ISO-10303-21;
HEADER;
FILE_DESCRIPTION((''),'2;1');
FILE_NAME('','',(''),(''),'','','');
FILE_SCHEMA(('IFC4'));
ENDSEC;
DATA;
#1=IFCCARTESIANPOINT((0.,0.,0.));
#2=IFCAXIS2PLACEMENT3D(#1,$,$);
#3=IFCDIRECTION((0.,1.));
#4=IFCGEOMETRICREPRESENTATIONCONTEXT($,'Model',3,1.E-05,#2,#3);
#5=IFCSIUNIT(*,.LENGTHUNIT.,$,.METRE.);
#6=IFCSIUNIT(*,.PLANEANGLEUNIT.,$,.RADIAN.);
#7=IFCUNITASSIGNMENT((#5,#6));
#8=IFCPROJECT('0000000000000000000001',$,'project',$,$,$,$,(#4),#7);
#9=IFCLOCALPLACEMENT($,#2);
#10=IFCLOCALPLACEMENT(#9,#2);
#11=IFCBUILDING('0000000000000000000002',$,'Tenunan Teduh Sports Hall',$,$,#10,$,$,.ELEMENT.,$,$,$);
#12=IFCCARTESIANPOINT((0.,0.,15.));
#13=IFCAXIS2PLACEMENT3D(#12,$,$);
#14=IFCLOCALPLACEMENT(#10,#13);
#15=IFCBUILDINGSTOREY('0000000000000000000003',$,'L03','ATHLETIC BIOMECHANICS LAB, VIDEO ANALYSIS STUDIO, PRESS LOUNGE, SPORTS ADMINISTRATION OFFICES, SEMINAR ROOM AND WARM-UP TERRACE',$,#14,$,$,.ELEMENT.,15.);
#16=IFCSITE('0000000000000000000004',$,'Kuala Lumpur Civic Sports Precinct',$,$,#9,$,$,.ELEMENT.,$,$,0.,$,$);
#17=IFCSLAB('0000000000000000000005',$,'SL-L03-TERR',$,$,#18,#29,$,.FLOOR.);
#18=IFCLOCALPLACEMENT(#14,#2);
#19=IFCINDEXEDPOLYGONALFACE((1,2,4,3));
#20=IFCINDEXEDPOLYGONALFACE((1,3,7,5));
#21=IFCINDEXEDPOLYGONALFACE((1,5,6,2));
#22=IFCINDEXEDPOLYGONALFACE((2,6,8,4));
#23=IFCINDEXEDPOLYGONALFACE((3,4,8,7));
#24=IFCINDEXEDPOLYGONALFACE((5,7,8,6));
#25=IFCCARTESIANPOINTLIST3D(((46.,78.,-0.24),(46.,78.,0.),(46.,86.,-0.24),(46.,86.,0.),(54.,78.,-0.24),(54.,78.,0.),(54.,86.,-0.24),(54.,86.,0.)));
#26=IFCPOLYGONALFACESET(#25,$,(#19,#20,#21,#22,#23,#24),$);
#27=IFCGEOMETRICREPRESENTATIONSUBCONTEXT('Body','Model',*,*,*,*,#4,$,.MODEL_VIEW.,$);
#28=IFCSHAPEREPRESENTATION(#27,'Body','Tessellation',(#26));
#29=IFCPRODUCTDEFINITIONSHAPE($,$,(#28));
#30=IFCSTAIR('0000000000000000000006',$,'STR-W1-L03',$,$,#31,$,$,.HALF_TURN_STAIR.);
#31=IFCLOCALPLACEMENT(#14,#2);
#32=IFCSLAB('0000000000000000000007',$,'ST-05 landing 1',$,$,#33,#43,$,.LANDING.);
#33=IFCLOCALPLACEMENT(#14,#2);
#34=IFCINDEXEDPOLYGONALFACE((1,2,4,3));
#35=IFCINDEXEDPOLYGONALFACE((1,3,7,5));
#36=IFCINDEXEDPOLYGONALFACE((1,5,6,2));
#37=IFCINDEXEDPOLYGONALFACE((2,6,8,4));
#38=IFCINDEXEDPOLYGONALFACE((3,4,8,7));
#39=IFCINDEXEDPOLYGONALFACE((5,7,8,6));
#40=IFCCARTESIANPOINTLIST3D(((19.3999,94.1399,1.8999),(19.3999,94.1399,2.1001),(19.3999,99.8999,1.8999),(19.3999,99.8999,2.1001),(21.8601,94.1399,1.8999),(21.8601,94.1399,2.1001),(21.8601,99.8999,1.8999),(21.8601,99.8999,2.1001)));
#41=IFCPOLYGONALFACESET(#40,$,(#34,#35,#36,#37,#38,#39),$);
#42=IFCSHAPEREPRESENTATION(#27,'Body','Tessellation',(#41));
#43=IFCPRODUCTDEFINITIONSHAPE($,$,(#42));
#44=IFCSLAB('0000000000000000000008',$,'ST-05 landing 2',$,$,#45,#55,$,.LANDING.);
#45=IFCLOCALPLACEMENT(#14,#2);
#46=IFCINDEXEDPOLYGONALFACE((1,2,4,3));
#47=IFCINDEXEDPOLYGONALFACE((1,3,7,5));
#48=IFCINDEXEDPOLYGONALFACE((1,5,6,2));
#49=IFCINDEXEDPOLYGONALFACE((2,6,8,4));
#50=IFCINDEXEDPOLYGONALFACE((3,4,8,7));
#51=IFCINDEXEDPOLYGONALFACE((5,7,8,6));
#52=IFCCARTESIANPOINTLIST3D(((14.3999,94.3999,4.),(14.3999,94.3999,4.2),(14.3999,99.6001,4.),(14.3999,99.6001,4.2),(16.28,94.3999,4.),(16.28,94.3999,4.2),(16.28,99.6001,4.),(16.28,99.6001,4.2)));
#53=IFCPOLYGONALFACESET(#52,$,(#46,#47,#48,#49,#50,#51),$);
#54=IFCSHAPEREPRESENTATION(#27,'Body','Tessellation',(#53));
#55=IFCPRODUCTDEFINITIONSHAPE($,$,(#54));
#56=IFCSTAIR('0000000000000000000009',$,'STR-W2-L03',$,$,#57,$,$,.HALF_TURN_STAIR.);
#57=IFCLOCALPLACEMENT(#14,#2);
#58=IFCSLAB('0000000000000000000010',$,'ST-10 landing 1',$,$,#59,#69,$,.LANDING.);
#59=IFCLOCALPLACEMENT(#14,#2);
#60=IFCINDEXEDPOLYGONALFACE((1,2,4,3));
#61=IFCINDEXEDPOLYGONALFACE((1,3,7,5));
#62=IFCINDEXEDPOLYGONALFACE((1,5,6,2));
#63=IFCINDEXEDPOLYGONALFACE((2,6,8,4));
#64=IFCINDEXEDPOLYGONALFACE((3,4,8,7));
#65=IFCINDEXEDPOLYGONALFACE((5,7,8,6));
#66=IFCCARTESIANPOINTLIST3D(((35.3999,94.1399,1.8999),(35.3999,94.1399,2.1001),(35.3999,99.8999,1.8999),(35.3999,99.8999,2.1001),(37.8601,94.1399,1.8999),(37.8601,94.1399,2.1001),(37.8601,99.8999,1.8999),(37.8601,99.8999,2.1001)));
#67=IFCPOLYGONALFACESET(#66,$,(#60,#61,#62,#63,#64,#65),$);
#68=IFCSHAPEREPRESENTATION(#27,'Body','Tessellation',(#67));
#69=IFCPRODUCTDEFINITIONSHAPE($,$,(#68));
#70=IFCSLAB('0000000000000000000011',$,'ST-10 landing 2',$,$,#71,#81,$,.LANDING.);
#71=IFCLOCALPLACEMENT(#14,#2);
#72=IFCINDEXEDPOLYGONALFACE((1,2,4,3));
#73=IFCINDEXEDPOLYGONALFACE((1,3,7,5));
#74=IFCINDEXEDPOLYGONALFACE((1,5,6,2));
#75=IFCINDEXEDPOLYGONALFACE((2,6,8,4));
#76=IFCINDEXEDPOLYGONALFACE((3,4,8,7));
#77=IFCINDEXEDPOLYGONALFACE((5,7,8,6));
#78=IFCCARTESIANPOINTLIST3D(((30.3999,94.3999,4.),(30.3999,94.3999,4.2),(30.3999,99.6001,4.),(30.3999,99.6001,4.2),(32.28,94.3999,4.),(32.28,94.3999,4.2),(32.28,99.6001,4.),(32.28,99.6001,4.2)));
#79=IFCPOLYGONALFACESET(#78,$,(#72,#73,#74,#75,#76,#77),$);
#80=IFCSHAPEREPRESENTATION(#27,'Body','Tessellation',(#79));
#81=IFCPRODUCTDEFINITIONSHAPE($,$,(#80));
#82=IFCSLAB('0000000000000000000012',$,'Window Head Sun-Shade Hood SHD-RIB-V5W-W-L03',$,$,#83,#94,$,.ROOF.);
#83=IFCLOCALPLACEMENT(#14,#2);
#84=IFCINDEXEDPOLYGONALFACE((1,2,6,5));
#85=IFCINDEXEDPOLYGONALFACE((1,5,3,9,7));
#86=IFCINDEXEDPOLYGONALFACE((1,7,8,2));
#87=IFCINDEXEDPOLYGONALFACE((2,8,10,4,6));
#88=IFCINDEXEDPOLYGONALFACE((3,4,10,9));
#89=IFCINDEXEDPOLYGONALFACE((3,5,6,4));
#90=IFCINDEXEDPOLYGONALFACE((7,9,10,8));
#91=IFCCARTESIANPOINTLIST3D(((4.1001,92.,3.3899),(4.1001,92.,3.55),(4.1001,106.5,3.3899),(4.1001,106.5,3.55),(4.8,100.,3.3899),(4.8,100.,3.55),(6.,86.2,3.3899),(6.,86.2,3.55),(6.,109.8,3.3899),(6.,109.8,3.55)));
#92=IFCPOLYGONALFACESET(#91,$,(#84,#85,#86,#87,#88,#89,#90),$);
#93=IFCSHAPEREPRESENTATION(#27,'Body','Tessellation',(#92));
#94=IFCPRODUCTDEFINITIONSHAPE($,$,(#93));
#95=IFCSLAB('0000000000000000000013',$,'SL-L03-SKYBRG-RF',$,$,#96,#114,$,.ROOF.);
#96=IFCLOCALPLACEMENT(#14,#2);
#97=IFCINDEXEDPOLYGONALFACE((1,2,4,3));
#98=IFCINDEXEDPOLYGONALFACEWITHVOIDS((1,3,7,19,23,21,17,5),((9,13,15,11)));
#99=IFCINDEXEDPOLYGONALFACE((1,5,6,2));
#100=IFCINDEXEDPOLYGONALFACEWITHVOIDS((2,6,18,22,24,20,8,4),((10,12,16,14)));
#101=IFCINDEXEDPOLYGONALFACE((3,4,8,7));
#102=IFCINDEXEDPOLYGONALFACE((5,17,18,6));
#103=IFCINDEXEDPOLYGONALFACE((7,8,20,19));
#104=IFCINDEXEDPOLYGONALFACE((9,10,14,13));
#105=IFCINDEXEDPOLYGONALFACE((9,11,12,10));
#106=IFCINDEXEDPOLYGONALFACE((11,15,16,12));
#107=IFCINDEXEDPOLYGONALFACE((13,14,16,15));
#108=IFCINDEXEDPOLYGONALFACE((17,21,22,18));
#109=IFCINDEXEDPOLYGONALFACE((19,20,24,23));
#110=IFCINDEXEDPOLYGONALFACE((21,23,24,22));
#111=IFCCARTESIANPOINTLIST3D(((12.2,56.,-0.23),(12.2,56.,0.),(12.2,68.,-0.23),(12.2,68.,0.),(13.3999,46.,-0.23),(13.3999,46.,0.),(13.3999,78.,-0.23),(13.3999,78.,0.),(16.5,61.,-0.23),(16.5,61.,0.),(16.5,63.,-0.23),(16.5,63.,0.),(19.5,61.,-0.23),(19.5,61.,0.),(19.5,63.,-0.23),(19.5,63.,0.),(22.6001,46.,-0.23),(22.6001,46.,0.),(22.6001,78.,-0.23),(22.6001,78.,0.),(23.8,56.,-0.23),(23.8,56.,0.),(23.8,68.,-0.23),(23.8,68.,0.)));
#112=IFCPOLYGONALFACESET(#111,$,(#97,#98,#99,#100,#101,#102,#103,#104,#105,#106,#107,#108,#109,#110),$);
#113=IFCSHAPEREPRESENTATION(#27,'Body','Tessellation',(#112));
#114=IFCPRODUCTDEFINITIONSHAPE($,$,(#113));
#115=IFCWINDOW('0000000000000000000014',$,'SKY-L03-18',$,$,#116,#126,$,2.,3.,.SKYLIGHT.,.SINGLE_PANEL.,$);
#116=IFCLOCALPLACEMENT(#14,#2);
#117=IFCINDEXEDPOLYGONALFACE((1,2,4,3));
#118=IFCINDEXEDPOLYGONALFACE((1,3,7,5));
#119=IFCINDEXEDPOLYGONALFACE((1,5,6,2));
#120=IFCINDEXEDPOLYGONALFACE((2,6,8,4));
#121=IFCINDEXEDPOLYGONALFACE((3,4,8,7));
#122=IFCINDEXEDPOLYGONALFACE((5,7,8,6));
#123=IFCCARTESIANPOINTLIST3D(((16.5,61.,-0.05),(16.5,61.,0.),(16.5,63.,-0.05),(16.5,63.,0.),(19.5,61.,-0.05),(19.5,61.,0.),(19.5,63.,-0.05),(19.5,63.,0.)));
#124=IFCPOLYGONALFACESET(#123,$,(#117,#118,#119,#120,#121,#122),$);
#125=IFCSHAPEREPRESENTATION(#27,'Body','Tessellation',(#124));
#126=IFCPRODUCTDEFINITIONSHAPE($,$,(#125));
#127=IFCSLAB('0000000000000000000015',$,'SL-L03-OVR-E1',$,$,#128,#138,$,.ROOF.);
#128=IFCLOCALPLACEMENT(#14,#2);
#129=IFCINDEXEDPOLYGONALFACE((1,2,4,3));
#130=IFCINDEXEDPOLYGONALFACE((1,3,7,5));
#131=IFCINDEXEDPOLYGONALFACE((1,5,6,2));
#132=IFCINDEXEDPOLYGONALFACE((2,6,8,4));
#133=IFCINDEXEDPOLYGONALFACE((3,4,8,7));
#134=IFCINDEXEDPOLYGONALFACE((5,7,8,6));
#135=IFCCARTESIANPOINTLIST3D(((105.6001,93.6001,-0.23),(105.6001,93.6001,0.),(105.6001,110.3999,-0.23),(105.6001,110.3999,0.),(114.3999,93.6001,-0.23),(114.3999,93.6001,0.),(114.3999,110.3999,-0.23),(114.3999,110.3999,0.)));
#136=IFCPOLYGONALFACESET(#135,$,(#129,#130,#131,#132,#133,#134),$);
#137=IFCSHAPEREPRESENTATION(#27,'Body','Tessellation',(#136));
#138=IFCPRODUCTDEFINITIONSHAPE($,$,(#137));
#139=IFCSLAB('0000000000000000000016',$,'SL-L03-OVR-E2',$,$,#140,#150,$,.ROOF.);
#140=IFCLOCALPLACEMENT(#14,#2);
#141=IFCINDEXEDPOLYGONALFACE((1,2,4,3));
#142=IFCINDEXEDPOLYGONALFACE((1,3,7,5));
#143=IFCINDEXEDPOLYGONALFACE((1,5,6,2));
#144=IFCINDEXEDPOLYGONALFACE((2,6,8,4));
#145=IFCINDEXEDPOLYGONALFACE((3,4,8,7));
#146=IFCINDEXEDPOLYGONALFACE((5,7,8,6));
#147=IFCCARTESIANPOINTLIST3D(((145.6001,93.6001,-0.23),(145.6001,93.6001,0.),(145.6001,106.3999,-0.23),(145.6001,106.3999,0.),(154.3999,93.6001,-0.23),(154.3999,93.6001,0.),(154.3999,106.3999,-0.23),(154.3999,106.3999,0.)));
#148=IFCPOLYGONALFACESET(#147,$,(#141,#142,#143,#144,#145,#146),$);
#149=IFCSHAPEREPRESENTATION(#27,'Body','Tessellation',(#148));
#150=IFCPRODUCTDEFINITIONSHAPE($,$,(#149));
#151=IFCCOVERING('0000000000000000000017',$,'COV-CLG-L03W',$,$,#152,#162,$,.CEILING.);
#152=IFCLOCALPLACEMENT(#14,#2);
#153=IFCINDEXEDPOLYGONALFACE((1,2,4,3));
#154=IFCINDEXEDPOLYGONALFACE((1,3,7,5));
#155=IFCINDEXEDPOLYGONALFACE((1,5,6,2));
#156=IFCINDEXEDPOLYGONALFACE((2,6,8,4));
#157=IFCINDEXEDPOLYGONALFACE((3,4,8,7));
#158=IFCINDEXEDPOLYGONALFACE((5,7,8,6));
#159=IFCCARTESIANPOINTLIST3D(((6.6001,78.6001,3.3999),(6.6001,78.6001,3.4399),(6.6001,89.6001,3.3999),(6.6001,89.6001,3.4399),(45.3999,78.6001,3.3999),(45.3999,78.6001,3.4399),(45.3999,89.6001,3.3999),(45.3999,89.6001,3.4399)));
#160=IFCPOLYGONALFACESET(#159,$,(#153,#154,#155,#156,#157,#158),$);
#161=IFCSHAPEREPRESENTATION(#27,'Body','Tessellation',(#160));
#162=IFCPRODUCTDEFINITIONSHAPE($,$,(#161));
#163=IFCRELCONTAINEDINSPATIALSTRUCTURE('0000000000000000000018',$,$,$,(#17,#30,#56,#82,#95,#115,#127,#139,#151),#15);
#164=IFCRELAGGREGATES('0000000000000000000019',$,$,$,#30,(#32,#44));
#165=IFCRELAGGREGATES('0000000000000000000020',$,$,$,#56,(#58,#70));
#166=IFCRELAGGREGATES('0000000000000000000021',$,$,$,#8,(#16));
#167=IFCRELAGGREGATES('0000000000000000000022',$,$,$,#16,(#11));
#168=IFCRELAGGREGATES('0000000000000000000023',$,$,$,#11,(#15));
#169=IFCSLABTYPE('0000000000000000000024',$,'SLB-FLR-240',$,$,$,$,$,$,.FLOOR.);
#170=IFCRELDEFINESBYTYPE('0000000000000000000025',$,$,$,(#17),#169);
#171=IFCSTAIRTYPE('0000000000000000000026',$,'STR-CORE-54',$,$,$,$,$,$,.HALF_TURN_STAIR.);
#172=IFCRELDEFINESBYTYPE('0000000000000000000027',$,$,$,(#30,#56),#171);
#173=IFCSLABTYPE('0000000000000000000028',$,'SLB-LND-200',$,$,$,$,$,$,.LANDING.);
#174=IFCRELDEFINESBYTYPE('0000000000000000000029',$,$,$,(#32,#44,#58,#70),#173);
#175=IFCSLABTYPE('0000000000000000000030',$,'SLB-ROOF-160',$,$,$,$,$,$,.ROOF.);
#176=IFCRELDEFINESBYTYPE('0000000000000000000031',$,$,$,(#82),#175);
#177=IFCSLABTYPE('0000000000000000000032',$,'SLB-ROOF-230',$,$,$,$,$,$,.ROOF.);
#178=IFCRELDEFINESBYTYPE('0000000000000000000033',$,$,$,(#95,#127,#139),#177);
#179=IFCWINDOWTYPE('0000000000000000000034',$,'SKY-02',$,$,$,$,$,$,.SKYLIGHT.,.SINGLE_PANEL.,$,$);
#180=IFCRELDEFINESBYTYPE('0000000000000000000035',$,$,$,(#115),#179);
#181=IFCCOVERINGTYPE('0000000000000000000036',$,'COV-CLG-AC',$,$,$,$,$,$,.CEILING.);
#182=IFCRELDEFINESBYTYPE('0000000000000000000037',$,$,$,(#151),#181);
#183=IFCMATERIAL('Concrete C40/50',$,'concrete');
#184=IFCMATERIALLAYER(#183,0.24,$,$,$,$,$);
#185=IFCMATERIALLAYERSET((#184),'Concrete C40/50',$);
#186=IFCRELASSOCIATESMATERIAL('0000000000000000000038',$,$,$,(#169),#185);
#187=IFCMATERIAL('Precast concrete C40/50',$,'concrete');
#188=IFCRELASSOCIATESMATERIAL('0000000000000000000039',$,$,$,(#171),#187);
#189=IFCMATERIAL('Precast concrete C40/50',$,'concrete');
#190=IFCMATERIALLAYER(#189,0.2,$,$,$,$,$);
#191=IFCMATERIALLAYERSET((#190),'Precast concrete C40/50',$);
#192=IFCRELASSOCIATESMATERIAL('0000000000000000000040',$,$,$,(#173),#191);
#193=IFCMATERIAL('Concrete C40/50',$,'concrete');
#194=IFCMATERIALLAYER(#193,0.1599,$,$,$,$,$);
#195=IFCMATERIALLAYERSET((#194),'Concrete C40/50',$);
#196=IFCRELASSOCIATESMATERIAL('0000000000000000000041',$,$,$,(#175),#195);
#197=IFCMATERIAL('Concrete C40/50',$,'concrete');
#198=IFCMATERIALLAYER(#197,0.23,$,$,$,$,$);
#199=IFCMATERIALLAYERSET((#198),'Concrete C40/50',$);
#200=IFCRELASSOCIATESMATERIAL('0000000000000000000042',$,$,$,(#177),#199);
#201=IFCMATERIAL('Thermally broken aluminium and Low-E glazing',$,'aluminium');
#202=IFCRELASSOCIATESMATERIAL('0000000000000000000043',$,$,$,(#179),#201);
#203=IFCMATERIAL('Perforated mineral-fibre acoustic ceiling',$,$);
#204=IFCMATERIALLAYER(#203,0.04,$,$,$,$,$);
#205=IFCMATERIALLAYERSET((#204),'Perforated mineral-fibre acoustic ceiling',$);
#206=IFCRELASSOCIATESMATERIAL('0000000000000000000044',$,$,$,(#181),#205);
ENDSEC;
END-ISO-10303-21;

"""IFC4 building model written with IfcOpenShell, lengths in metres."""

from ifc_helpers import new_model, si_unit, direction, frame, origin, origin_2d, place, context, subcontext, project, spatial, polyline, rectangle, outline, extrude, material, layer, layer_set, type_object, element, fill, aggregate, save


model = new_model("IFC4")

# Units and contexts
model_context = context("Model", 3, precision=1e-05, world=origin(), true_north=direction((0.0, 1.0)))
body_context = subcontext(model_context, "Body", "Model", "MODEL_VIEW")
ifc_project = project(units=[si_unit("LENGTHUNIT", "METRE"), si_unit("PLANEANGLEUNIT", "RADIAN")], contexts=[model_context])

# Site, building, storey
site_placement = place(None, origin())
site = spatial("IfcSite", under=ifc_project, at=site_placement, Name="Kuala Lumpur Civic Sports Precinct", CompositionType="ELEMENT", RefElevation=0.0)
building_placement = place(site_placement, origin())
building = spatial("IfcBuilding", under=site, at=building_placement, Name="Tenunan Teduh Sports Hall", CompositionType="ELEMENT")
storey_placement = place(building_placement, frame((0.0, 0.0, 15.0)))
storey = spatial("IfcBuildingStorey", under=building, at=storey_placement, Name="L03", Description="ATHLETIC BIOMECHANICS LAB, VIDEO ANALYSIS STUDIO, PRESS LOUNGE, SPORTS ADMINISTRATION OFFICES, SEMINAR ROOM AND WARM-UP TERRACE", CompositionType="ELEMENT", Elevation=15.0)

# Slab
ifc_material_1 = material(Name="Concrete C40/50", Category="concrete")
ifc_layer_1 = layer(ifc_material_1, 0.24)
ifc_layer_set_1 = layer_set([ifc_layer_1], Name="Concrete C40/50")
slab_type_1 = type_object("IfcSlabType", Name="SLB-FLR-240", PredefinedType="FLOOR", material=ifc_layer_set_1)
slab_1_placement = place(storey_placement, frame((0.0, 0.0, -0.24)))
element("IfcSlab", 1, at=slab_1_placement, inside=storey, type_object=slab_type_1, Name="SL-L03-TERR", PredefinedType="FLOOR", context=body_context, shape_type="SweptSolid", body=[
    extrude(outline(polyline([(46.0, 78.0), (54.0, 78.0), (54.0, 86.0), (46.0, 86.0), (46.0, 78.0)])), origin(), (0.0, 0.0, 1.0), 0.24),
])

# Stairs, slabs
ifc_material_2 = material(Name="Precast concrete C40/50", Category="concrete")
stair_type = type_object("IfcStairType", Name="STR-CORE-54", PredefinedType="HALF_TURN_STAIR", material=ifc_material_2)
stair_1_placement = place(storey_placement, origin())
stair_1 = element("IfcStair", 2, at=stair_1_placement, inside=storey, type_object=stair_type, Name="STR-W1-L03", PredefinedType="HALF_TURN_STAIR")
ifc_material_3 = material(Name="Precast concrete C40/50", Category="concrete")
ifc_layer_2 = layer(ifc_material_3, 0.2)
ifc_layer_set_2 = layer_set([ifc_layer_2], Name="Precast concrete C40/50")
slab_type_2 = type_object("IfcSlabType", Name="SLB-LND-200", PredefinedType="LANDING", material=ifc_layer_set_2)
slab_2_placement = place(storey_placement, frame((0.0, 0.0, 1.8999)))
slab_2 = element("IfcSlab", 3, at=slab_2_placement, type_object=slab_type_2, Name="ST-05 landing 1", PredefinedType="LANDING", context=body_context, shape_type="SweptSolid", body=[
    extrude(outline(polyline([(19.3999, 94.1399), (21.8601, 94.1399), (21.8601, 99.8999), (19.3999, 99.8999), (19.3999, 94.1399)])), origin(), (0.0, 0.0, 1.0), 0.2002),
])
slab_3_placement = place(storey_placement, frame((0.0, 0.0, 4.0)))
slab_3 = element("IfcSlab", 4, at=slab_3_placement, type_object=slab_type_2, Name="ST-05 landing 2", PredefinedType="LANDING", context=body_context, shape_type="SweptSolid", body=[
    extrude(outline(polyline([(14.3999, 94.3999), (16.28, 94.3999), (16.28, 99.6001), (14.3999, 99.6001), (14.3999, 94.3999)])), origin(), (0.0, 0.0, 1.0), 0.2),
])
aggregate(stair_1, [slab_2, slab_3])
stair_2_placement = place(storey_placement, origin())
stair_2 = element("IfcStair", 5, at=stair_2_placement, inside=storey, type_object=stair_type, Name="STR-W2-L03", PredefinedType="HALF_TURN_STAIR")
slab_4_placement = place(storey_placement, frame((0.0, 0.0, 1.8999)))
slab_4 = element("IfcSlab", 6, at=slab_4_placement, type_object=slab_type_2, Name="ST-10 landing 1", PredefinedType="LANDING", context=body_context, shape_type="SweptSolid", body=[
    extrude(outline(polyline([(35.3999, 94.1399), (37.8601, 94.1399), (37.8601, 99.8999), (35.3999, 99.8999), (35.3999, 94.1399)])), origin(), (0.0, 0.0, 1.0), 0.2002),
])
slab_5_placement = place(storey_placement, frame((0.0, 0.0, 4.0)))
slab_5 = element("IfcSlab", 7, at=slab_5_placement, type_object=slab_type_2, Name="ST-10 landing 2", PredefinedType="LANDING", context=body_context, shape_type="SweptSolid", body=[
    extrude(outline(polyline([(30.3999, 94.3999), (32.28, 94.3999), (32.28, 99.6001), (30.3999, 99.6001), (30.3999, 94.3999)])), origin(), (0.0, 0.0, 1.0), 0.2),
])
aggregate(stair_2, [slab_4, slab_5])

# Slab
ifc_material_4 = material(Name="Concrete C40/50", Category="concrete")
ifc_layer_3 = layer(ifc_material_4, 0.1599)
ifc_layer_set_3 = layer_set([ifc_layer_3], Name="Concrete C40/50")
slab_type_3 = type_object("IfcSlabType", Name="SLB-ROOF-160", PredefinedType="ROOF", material=ifc_layer_set_3)
slab_6_placement = place(storey_placement, frame((0.0, 0.0, 3.3899)))
element("IfcSlab", 8, at=slab_6_placement, inside=storey, type_object=slab_type_3, Name="Window Head Sun-Shade Hood SHD-RIB-V5W-W-L03", PredefinedType="ROOF", context=body_context, shape_type="SweptSolid", body=[
    extrude(outline(polyline([(6.0, 86.2), (4.1001, 92.0), (4.8, 100.0), (4.1001, 106.5), (6.0, 109.8), (6.0, 86.2)])), origin(), (0.0, 0.0, 1.0), 0.1602),
])

# Slab, opening, window
ifc_material_5 = material(Name="Concrete C40/50", Category="concrete")
ifc_layer_4 = layer(ifc_material_5, 0.23)
ifc_layer_set_4 = layer_set([ifc_layer_4], Name="Concrete C40/50")
slab_type_4 = type_object("IfcSlabType", Name="SLB-ROOF-230", PredefinedType="ROOF", material=ifc_layer_set_4)
slab_7_placement = place(storey_placement, frame((0.0, 0.0, -0.23)))
slab_7 = element("IfcSlab", 9, at=slab_7_placement, inside=storey, type_object=slab_type_4, Name="SL-L03-SKYBRG-RF", PredefinedType="ROOF", context=body_context, shape_type="SweptSolid", body=[
    extrude(outline(polyline([(13.3999, 46.0), (22.6001, 46.0), (23.8, 56.0), (23.8, 68.0), (22.6001, 78.0), (13.3999, 78.0), (12.2, 68.0), (12.2, 56.0), (13.3999, 46.0)])), origin(), (0.0, 0.0, 1.0), 0.23),
])
opening_placement = place(slab_7_placement, frame((18.0, 62.0, 0.0)))
opening = element("IfcOpeningElement", 10, at=opening_placement, cuts=slab_7, PredefinedType="OPENING", context=body_context, shape_type="SweptSolid", body=[
    extrude(rectangle(XDim=3.0, YDim=2.0, at=origin_2d()), origin(), (0.0, 0.0, 1.0), 0.23),
])
ifc_material_6 = material(Name="Thermally broken aluminium and Low-E glazing", Category="aluminium")
window_type = type_object("IfcWindowType", Name="SKY-02", PartitioningType="SINGLE_PANEL", PredefinedType="SKYLIGHT", material=ifc_material_6)
window_placement = place(opening_placement, frame((0.0, 0.0, 0.1799)))
window = element("IfcWindow", 11, at=window_placement, inside=storey, type_object=window_type, Name="SKY-L03-18", OverallHeight=2.0, OverallWidth=3.0, PartitioningType="SINGLE_PANEL", PredefinedType="SKYLIGHT", context=body_context, shape_type="SweptSolid", body=[
    extrude(rectangle(XDim=3.0, YDim=2.0, at=origin_2d()), origin(), (0.0, 0.0, 1.0), 0.05),
])
fill(opening, window)

# Slabs
slab_8_placement = place(storey_placement, frame((0.0, 0.0, -0.23)))
element("IfcSlab", 12, at=slab_8_placement, inside=storey, type_object=slab_type_4, Name="SL-L03-OVR-E1", PredefinedType="ROOF", context=body_context, shape_type="SweptSolid", body=[
    extrude(outline(polyline([(105.6001, 93.6001), (114.3999, 93.6001), (114.3999, 110.3999), (105.6001, 110.3999), (105.6001, 93.6001)])), origin(), (0.0, 0.0, 1.0), 0.23),
])
slab_9_placement = place(storey_placement, frame((0.0, 0.0, -0.23)))
element("IfcSlab", 13, at=slab_9_placement, inside=storey, type_object=slab_type_4, Name="SL-L03-OVR-E2", PredefinedType="ROOF", context=body_context, shape_type="SweptSolid", body=[
    extrude(outline(polyline([(145.6001, 93.6001), (154.3999, 93.6001), (154.3999, 106.3999), (145.6001, 106.3999), (145.6001, 93.6001)])), origin(), (0.0, 0.0, 1.0), 0.23),
])

# Covering
ifc_material_7 = material(Name="Perforated mineral-fibre acoustic ceiling")
ifc_layer_5 = layer(ifc_material_7, 0.04)
ifc_layer_set_5 = layer_set([ifc_layer_5], Name="Perforated mineral-fibre acoustic ceiling")
covering_type = type_object("IfcCoveringType", Name="COV-CLG-AC", PredefinedType="CEILING", material=ifc_layer_set_5)
covering_placement = place(storey_placement, frame((0.0, 0.0, 3.3999)))
element("IfcCovering", 14, at=covering_placement, inside=storey, type_object=covering_type, Name="COV-CLG-L03W", PredefinedType="CEILING", context=body_context, shape_type="SweptSolid", body=[
    extrude(outline(polyline([(6.6001, 78.6001), (45.3999, 78.6001), (45.3999, 89.6001), (6.6001, 89.6001), (6.6001, 78.6001)])), origin(), (0.0, 0.0, 1.0), 0.04),
])

save(model, "model.ifc")
